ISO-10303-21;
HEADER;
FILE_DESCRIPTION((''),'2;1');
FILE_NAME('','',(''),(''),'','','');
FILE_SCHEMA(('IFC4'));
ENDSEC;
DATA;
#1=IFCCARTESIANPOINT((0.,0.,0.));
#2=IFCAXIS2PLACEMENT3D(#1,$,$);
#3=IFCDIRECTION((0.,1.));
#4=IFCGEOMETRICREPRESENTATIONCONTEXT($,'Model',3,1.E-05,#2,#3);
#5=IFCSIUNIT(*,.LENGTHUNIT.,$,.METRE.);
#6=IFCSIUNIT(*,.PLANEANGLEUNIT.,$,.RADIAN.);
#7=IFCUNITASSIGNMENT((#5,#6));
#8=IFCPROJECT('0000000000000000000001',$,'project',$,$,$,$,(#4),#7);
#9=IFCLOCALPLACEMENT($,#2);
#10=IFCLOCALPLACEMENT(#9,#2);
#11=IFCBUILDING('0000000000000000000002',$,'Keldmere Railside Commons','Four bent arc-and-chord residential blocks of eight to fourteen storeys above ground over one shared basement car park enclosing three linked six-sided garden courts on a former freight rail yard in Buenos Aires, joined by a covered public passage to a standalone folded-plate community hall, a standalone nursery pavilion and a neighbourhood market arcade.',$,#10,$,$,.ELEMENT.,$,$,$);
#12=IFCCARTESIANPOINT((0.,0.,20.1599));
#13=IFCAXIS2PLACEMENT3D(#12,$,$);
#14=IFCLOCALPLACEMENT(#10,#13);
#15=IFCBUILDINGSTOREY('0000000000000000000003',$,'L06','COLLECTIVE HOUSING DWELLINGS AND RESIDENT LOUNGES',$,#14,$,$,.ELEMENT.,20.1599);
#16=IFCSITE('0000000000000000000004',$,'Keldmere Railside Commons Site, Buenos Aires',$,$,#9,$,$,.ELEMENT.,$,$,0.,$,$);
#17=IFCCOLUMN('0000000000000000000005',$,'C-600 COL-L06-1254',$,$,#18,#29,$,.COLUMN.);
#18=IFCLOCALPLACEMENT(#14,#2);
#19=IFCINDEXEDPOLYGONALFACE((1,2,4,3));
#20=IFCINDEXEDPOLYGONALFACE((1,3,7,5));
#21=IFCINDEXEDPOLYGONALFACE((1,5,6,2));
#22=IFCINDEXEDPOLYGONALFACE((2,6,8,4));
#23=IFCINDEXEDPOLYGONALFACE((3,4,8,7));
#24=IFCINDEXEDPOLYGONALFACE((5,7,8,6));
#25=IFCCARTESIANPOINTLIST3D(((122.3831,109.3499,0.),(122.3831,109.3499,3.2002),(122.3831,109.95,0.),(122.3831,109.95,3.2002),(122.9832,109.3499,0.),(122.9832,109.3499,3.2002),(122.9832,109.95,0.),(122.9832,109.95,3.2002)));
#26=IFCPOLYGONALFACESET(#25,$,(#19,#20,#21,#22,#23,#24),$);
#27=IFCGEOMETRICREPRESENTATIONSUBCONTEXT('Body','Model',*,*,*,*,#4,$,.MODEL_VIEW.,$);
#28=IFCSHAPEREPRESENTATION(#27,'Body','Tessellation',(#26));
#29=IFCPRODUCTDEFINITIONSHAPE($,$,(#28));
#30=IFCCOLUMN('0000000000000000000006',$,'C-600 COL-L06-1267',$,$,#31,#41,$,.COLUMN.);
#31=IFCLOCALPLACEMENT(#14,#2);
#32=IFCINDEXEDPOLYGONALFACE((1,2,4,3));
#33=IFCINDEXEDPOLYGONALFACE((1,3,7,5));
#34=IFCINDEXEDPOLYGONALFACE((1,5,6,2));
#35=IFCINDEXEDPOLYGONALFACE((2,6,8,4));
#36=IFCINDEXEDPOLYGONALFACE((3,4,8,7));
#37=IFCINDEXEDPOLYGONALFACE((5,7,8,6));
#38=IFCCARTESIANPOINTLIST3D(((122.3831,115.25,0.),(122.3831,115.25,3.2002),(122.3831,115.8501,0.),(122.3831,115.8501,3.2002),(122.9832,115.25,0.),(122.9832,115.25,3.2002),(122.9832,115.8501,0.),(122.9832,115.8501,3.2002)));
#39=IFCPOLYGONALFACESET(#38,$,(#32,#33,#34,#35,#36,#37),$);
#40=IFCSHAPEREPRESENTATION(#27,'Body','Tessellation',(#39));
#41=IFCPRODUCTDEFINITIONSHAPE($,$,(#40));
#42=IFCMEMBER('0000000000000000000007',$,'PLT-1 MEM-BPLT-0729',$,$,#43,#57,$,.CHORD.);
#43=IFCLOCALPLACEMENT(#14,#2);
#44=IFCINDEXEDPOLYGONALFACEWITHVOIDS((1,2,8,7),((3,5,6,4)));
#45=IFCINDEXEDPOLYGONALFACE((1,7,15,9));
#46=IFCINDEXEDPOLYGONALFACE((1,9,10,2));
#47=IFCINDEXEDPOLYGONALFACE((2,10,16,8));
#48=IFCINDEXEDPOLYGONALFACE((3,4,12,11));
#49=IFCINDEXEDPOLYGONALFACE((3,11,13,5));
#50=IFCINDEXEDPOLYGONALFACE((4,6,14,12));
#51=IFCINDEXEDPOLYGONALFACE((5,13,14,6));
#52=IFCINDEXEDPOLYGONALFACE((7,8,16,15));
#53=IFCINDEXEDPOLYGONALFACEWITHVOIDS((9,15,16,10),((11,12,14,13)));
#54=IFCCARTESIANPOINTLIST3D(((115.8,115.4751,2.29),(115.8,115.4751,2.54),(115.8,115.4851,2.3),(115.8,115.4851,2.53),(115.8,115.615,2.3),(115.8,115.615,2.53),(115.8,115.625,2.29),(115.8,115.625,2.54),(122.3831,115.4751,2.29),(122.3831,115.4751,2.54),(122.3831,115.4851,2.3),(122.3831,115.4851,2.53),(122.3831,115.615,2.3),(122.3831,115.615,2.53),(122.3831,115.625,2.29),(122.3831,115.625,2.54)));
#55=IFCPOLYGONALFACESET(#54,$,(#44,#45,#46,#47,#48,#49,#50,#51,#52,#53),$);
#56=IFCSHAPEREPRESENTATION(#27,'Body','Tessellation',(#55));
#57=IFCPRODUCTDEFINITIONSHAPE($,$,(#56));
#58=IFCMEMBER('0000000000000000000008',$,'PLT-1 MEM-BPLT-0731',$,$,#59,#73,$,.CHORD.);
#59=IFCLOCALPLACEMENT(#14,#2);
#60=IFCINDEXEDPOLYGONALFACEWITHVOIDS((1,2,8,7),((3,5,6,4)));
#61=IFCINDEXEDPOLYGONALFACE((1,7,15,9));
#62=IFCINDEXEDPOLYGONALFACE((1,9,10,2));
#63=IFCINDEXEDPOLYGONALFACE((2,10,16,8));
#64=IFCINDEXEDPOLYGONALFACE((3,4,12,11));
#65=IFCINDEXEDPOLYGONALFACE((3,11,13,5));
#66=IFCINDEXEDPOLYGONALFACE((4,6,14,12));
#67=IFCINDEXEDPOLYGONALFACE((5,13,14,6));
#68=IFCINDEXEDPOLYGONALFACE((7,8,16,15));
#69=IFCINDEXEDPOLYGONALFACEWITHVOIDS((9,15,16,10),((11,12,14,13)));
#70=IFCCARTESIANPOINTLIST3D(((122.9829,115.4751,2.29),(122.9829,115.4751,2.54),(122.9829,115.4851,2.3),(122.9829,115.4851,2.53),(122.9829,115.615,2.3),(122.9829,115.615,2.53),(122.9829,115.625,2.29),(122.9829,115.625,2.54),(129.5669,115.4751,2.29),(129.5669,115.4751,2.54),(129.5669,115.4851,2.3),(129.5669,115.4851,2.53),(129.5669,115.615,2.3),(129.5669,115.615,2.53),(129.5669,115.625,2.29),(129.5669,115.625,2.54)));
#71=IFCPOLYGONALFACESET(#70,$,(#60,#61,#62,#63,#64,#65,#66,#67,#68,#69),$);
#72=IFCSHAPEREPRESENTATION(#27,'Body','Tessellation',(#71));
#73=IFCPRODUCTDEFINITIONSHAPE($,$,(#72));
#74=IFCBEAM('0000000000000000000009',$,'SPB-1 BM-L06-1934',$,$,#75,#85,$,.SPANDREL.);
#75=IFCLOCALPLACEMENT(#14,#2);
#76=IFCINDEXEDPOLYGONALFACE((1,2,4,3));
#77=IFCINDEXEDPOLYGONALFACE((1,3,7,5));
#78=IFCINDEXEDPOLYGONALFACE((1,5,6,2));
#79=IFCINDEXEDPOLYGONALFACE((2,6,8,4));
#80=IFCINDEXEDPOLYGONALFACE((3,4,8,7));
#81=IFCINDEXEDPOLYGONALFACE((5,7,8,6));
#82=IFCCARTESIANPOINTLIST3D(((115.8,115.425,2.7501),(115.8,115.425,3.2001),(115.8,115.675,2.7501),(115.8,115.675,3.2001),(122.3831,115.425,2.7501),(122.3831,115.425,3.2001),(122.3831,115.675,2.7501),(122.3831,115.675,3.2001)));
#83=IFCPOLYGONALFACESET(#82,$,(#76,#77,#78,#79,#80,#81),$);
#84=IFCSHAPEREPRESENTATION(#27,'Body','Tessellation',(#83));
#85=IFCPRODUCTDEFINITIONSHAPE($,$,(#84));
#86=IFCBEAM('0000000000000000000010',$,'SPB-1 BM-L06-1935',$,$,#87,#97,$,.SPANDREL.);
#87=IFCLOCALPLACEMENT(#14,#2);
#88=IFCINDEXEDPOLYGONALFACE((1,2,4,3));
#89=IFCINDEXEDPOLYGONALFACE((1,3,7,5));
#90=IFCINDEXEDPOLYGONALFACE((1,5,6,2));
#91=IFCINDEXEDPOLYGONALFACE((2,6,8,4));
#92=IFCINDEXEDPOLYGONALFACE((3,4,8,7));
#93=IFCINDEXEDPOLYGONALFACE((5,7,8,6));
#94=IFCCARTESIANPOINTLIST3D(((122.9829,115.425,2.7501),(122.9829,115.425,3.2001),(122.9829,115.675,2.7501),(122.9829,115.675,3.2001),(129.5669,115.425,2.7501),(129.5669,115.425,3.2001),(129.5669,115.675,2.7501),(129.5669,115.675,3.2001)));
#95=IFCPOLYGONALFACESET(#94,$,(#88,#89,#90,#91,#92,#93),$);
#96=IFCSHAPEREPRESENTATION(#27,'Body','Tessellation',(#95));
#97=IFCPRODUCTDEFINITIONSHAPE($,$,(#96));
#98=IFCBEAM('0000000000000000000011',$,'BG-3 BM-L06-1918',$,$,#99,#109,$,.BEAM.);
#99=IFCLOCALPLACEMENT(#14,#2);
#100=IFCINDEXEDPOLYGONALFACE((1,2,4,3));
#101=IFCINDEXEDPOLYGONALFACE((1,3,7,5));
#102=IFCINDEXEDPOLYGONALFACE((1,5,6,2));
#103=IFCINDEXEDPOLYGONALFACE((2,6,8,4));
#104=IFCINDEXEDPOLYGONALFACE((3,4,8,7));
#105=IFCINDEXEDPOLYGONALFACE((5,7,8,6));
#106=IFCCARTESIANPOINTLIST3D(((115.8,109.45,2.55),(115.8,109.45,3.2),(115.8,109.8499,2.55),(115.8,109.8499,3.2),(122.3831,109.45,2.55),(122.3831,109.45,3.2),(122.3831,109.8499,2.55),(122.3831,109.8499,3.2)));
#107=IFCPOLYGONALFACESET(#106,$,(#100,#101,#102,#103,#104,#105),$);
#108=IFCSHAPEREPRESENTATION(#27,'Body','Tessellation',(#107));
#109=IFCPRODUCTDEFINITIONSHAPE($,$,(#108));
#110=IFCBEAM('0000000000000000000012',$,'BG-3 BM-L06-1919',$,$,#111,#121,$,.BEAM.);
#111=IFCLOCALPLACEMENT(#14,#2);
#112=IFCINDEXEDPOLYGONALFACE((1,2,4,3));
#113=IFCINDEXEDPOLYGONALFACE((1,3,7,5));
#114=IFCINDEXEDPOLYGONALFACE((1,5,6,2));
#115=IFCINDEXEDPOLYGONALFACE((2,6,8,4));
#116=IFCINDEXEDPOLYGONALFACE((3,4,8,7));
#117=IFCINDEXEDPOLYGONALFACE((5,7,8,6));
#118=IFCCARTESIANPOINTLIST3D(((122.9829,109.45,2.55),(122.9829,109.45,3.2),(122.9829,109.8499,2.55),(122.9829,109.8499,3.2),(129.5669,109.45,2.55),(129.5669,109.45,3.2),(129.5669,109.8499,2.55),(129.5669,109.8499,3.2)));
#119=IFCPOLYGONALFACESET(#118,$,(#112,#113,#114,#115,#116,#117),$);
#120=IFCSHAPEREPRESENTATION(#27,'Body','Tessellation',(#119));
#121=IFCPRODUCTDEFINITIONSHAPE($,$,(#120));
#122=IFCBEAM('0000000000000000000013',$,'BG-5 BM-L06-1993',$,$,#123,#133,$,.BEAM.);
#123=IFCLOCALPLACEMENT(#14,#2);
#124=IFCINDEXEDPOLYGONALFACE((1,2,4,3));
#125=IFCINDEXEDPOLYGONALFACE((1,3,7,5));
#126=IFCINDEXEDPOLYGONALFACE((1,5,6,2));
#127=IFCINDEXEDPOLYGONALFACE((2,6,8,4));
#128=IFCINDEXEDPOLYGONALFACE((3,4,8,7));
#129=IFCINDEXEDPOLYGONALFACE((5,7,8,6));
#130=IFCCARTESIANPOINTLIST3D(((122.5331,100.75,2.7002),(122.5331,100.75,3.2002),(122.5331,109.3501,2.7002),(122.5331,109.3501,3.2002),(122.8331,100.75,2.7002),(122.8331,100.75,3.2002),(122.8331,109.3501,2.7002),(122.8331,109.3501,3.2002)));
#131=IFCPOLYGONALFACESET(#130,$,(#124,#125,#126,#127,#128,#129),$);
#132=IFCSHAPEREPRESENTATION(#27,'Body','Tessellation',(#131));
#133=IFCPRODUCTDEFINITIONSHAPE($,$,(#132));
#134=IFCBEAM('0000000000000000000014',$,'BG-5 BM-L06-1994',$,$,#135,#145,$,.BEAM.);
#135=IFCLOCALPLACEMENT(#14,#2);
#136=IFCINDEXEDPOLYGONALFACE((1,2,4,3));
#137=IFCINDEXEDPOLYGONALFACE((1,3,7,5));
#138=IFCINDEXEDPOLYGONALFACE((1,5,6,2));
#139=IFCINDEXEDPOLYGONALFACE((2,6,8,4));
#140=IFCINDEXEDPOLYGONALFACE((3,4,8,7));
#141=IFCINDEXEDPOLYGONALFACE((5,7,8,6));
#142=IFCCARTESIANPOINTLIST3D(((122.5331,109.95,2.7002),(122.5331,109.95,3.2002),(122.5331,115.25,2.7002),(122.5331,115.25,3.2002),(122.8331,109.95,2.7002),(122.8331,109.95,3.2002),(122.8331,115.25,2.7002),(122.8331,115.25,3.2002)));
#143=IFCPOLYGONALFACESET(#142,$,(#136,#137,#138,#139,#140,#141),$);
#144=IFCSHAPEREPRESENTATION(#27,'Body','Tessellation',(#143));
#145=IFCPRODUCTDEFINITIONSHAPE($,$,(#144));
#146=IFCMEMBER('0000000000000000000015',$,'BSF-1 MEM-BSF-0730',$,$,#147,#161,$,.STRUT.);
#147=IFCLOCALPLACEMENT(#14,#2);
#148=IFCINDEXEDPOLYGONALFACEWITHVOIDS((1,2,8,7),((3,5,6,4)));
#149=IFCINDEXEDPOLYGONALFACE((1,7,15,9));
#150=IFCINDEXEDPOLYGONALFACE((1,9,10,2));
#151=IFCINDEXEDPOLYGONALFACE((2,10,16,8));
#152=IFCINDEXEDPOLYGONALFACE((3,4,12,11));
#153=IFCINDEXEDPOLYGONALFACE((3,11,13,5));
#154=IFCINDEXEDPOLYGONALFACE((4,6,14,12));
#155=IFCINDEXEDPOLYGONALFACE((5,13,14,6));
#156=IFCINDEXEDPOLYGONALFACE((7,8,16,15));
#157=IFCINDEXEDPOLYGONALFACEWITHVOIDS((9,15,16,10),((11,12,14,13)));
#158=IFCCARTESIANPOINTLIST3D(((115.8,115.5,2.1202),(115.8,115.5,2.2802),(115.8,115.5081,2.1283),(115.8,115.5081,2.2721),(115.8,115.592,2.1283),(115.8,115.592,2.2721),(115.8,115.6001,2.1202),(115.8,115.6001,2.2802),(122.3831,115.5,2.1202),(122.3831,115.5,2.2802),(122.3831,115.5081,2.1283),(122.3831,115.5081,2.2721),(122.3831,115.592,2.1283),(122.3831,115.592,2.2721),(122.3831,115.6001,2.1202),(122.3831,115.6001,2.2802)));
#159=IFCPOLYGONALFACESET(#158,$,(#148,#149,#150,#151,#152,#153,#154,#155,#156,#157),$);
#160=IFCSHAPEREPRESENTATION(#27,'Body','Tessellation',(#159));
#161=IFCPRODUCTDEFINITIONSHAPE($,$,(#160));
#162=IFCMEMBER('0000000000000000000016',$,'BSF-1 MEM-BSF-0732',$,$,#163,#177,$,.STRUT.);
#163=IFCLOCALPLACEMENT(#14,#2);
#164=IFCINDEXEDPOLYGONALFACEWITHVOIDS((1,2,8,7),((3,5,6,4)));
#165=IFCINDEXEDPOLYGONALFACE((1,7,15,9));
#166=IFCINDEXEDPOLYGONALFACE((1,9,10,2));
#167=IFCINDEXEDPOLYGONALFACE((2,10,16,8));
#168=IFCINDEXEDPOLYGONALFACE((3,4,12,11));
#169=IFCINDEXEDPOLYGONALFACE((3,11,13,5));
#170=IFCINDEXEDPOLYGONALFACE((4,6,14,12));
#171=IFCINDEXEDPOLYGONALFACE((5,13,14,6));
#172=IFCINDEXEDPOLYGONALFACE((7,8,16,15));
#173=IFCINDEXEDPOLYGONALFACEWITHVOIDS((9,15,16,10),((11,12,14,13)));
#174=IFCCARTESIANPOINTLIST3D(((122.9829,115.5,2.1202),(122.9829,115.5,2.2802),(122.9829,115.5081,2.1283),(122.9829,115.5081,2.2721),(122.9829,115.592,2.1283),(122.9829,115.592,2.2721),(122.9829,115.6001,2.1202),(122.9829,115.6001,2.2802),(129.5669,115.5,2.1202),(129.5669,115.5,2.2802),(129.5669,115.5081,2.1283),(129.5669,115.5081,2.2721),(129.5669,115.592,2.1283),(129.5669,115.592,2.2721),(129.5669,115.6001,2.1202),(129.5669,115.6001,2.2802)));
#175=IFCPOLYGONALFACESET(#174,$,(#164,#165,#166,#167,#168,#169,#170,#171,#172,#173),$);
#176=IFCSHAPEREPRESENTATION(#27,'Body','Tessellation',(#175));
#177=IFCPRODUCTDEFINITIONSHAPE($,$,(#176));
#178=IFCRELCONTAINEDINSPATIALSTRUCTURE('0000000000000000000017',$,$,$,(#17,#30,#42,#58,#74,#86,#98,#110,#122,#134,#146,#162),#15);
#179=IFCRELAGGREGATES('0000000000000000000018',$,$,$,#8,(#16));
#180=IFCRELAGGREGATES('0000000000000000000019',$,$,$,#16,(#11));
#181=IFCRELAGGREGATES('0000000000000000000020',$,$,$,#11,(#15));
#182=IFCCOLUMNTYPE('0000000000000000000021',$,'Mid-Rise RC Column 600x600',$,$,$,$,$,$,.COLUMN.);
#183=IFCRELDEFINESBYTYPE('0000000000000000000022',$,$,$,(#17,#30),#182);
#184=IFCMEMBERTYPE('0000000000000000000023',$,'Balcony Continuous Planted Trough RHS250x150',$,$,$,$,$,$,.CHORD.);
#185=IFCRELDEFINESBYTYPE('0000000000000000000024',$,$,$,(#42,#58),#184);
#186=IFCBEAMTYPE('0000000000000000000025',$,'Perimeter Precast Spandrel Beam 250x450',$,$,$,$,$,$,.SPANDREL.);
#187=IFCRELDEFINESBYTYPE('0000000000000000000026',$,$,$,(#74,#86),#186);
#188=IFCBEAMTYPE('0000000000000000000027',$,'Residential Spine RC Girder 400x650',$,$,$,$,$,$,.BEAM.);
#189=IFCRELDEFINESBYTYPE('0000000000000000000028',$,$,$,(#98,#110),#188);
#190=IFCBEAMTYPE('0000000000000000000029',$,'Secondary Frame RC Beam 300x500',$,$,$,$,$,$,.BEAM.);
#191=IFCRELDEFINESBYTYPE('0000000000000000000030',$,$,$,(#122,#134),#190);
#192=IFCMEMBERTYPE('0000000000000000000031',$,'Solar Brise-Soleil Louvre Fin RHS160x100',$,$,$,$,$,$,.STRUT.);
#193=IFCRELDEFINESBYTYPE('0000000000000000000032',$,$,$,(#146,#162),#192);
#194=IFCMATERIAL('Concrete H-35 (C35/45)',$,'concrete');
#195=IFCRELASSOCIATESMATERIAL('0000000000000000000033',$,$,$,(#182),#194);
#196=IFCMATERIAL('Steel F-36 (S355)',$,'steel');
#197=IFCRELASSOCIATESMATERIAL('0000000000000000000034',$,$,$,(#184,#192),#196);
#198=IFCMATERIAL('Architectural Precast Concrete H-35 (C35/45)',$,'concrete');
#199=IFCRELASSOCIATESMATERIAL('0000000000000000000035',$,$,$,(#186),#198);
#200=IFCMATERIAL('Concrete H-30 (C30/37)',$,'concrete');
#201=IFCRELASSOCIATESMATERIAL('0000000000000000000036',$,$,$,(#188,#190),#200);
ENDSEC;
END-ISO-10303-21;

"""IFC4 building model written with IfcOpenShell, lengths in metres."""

from ifc_helpers import new_model, si_unit, direction, frame, origin, origin_2d, place, context, subcontext, project, spatial, rectangle, hollow_rectangle, extrude, material, material_profile, profile_set, type_object, element, save


model = new_model("IFC4")

# Units and contexts
model_context = context("Model", 3, precision=1e-05, world=origin(), true_north=direction((0.0, 1.0)))
body_context = subcontext(model_context, "Body", "Model", "MODEL_VIEW")
ifc_project = project(units=[si_unit("LENGTHUNIT", "METRE"), si_unit("PLANEANGLEUNIT", "RADIAN")], contexts=[model_context])

# Site, building, storey
site_placement = place(None, origin())
site = spatial("IfcSite", under=ifc_project, at=site_placement, Name="Keldmere Railside Commons Site, Buenos Aires", CompositionType="ELEMENT", RefElevation=0.0)
building_placement = place(site_placement, origin())
building = spatial("IfcBuilding", under=site, at=building_placement, Name="Keldmere Railside Commons", Description="Four bent arc-and-chord residential blocks of eight to fourteen storeys above ground over one shared basement car park enclosing three linked six-sided garden courts on a former freight rail yard in Buenos Aires, joined by a covered public passage to a standalone folded-plate community hall, a standalone nursery pavilion and a neighbourhood market arcade.", CompositionType="ELEMENT")
storey_placement = place(building_placement, frame((0.0, 0.0, 20.1599)))
storey = spatial("IfcBuildingStorey", under=building, at=storey_placement, Name="L06", Description="COLLECTIVE HOUSING DWELLINGS AND RESIDENT LOUNGES", CompositionType="ELEMENT", Elevation=20.1599)

# Columns
ifc_material_1 = material(Name="Concrete H-35 (C35/45)", Category="concrete")
ifc_material_profile_1 = material_profile(ifc_material_1, rectangle(XDim=0.6001, YDim=0.6001, at=origin_2d()), Name="RC-600x600")
ifc_profile_set_1 = profile_set([ifc_material_profile_1], Name="Concrete H-35 (C35/45)")
column_type = type_object("IfcColumnType", Name="Mid-Rise RC Column 600x600", PredefinedType="COLUMN", material=ifc_profile_set_1)
for number, where, z_axis, x_axis, name in (
    (1, (122.6831, 109.6499, 0.0), (0.0, 0.0, 1.0), (1.0, 0.0, 0.0), "C-600 COL-L06-1254"),
    (2, (122.6831, 115.55, 0.0), (0.0, 0.0, 1.0), (1.0, 0.0, 0.0), "C-600 COL-L06-1267"),
):
    element("IfcColumn", number, at=place(storey_placement, frame(where, z_axis=z_axis, x_axis=x_axis)), inside=storey, type_object=column_type, Name=name, PredefinedType="COLUMN", context=body_context, shape_type="SweptSolid", body=[
        extrude(rectangle(XDim=0.6001, YDim=0.6001, at=origin_2d()), origin(), (0.0, 0.0, 1.0), 3.2002),
    ])

# Members
ifc_material_2 = material(Name="Steel F-36 (S355)", Category="steel")
ifc_material_profile_2 = material_profile(ifc_material_2, hollow_rectangle(XDim=0.1499, YDim=0.25, WallThickness=0.01, at=origin_2d()), Name="RHS-250x150x10")
ifc_profile_set_2 = profile_set([ifc_material_profile_2], Name="Steel F-36 (S355)")
member_type_1 = type_object("IfcMemberType", Name="Balcony Continuous Planted Trough RHS250x150", PredefinedType="CHORD", material=ifc_profile_set_2)
member_1_placement = place(storey_placement, frame((115.8, 115.55, 2.415), z_axis=(1.0, 0.0, 0.0), x_axis=(0.0, 1.0, 0.0)))
element("IfcMember", 3, at=member_1_placement, inside=storey, type_object=member_type_1, Name="PLT-1 MEM-BPLT-0729", PredefinedType="CHORD", context=body_context, shape_type="SweptSolid", body=[
    extrude(hollow_rectangle(XDim=0.1499, YDim=0.25, WallThickness=0.01, at=origin_2d()), origin(), (0.0, 0.0, 1.0), 6.583),
])
member_2_placement = place(storey_placement, frame((122.9829, 115.55, 2.415), z_axis=(1.0, 0.0, 0.0), x_axis=(0.0, 1.0, 0.0)))
element("IfcMember", 4, at=member_2_placement, inside=storey, type_object=member_type_1, Name="PLT-1 MEM-BPLT-0731", PredefinedType="CHORD", context=body_context, shape_type="SweptSolid", body=[
    extrude(hollow_rectangle(XDim=0.1499, YDim=0.25, WallThickness=0.01, at=origin_2d()), origin(), (0.0, 0.0, 1.0), 6.584),
])

# Beams
ifc_material_3 = material(Name="Architectural Precast Concrete H-35 (C35/45)", Category="concrete")
ifc_material_profile_3 = material_profile(ifc_material_3, rectangle(XDim=0.25, YDim=0.45, at=origin_2d()), Name="RC-250x450")
ifc_profile_set_3 = profile_set([ifc_material_profile_3], Name="Architectural Precast Concrete H-35 (C35/45)")
beam_type_1 = type_object("IfcBeamType", Name="Perimeter Precast Spandrel Beam 250x450", PredefinedType="SPANDREL", material=ifc_profile_set_3)
beam_1_placement = place(storey_placement, frame((115.8, 115.55, 2.9751), z_axis=(1.0, 0.0, 0.0), x_axis=(0.0, 1.0, 0.0)))
element("IfcBeam", 5, at=beam_1_placement, inside=storey, type_object=beam_type_1, Name="SPB-1 BM-L06-1934", PredefinedType="SPANDREL", context=body_context, shape_type="SweptSolid", body=[
    extrude(rectangle(XDim=0.25, YDim=0.45, at=origin_2d()), origin(), (0.0, 0.0, 1.0), 6.583),
])
beam_2_placement = place(storey_placement, frame((122.9829, 115.55, 2.9751), z_axis=(1.0, 0.0, 0.0), x_axis=(0.0, 1.0, 0.0)))
element("IfcBeam", 6, at=beam_2_placement, inside=storey, type_object=beam_type_1, Name="SPB-1 BM-L06-1935", PredefinedType="SPANDREL", context=body_context, shape_type="SweptSolid", body=[
    extrude(rectangle(XDim=0.25, YDim=0.45, at=origin_2d()), origin(), (0.0, 0.0, 1.0), 6.584),
])
ifc_material_4 = material(Name="Concrete H-30 (C30/37)", Category="concrete")
ifc_material_profile_4 = material_profile(ifc_material_4, rectangle(XDim=0.3999, YDim=0.6499, at=origin_2d()), Name="RC-400x650")
ifc_profile_set_4 = profile_set([ifc_material_profile_4], Name="Concrete H-30 (C30/37)")
beam_type_2 = type_object("IfcBeamType", Name="Residential Spine RC Girder 400x650", PredefinedType="BEAM", material=ifc_profile_set_4)
beam_3_placement = place(storey_placement, frame((115.8, 109.6499, 2.875), z_axis=(1.0, 0.0, 0.0), x_axis=(0.0, 1.0, 0.0)))
element("IfcBeam", 7, at=beam_3_placement, inside=storey, type_object=beam_type_2, Name="BG-3 BM-L06-1918", PredefinedType="BEAM", context=body_context, shape_type="SweptSolid", body=[
    extrude(rectangle(XDim=0.3999, YDim=0.6499, at=origin_2d()), origin(), (0.0, 0.0, 1.0), 6.583),
])
beam_4_placement = place(storey_placement, frame((122.9829, 109.6499, 2.875), z_axis=(1.0, 0.0, 0.0), x_axis=(0.0, 1.0, 0.0)))
element("IfcBeam", 8, at=beam_4_placement, inside=storey, type_object=beam_type_2, Name="BG-3 BM-L06-1919", PredefinedType="BEAM", context=body_context, shape_type="SweptSolid", body=[
    extrude(rectangle(XDim=0.3999, YDim=0.6499, at=origin_2d()), origin(), (0.0, 0.0, 1.0), 6.584),
])
ifc_material_profile_5 = material_profile(ifc_material_4, rectangle(XDim=0.3, YDim=0.5, at=origin_2d()), Name="RC-300x500")
ifc_profile_set_5 = profile_set([ifc_material_profile_5], Name="Concrete H-30 (C30/37)")
beam_type_3 = type_object("IfcBeamType", Name="Secondary Frame RC Beam 300x500", PredefinedType="BEAM", material=ifc_profile_set_5)
beam_5_placement = place(storey_placement, frame((122.6831, 100.75, 2.9502), z_axis=(0.0, 1.0, 0.0), x_axis=(-1.0, 0.0, 0.0)))
element("IfcBeam", 9, at=beam_5_placement, inside=storey, type_object=beam_type_3, Name="BG-5 BM-L06-1993", PredefinedType="BEAM", context=body_context, shape_type="SweptSolid", body=[
    extrude(rectangle(XDim=0.3, YDim=0.5, at=origin_2d()), origin(), (0.0, 0.0, 1.0), 8.6001),
])
beam_6_placement = place(storey_placement, frame((122.6831, 109.95, 2.9502), z_axis=(0.0, 1.0, 0.0), x_axis=(-1.0, 0.0, 0.0)))
element("IfcBeam", 10, at=beam_6_placement, inside=storey, type_object=beam_type_3, Name="BG-5 BM-L06-1994", PredefinedType="BEAM", context=body_context, shape_type="SweptSolid", body=[
    extrude(rectangle(XDim=0.3, YDim=0.5, at=origin_2d()), origin(), (0.0, 0.0, 1.0), 5.3),
])

# Members
ifc_material_profile_6 = material_profile(ifc_material_2, hollow_rectangle(XDim=0.1001, YDim=0.1599, WallThickness=0.0081, at=origin_2d()), Name="RHS-160x100x8")
ifc_profile_set_6 = profile_set([ifc_material_profile_6], Name="Steel F-36 (S355)")
member_type_2 = type_object("IfcMemberType", Name="Solar Brise-Soleil Louvre Fin RHS160x100", PredefinedType="STRUT", material=ifc_profile_set_6)
member_3_placement = place(storey_placement, frame((115.8, 115.55, 2.2002), z_axis=(1.0, 0.0, 0.0), x_axis=(0.0, 1.0, 0.0)))
element("IfcMember", 11, at=member_3_placement, inside=storey, type_object=member_type_2, Name="BSF-1 MEM-BSF-0730", PredefinedType="STRUT", context=body_context, shape_type="SweptSolid", body=[
    extrude(hollow_rectangle(XDim=0.1001, YDim=0.1599, WallThickness=0.0081, at=origin_2d()), origin(), (0.0, 0.0, 1.0), 6.583),
])
member_4_placement = place(storey_placement, frame((122.9829, 115.55, 2.2002), z_axis=(1.0, 0.0, 0.0), x_axis=(0.0, 1.0, 0.0)))
element("IfcMember", 12, at=member_4_placement, inside=storey, type_object=member_type_2, Name="BSF-1 MEM-BSF-0732", PredefinedType="STRUT", context=body_context, shape_type="SweptSolid", body=[
    extrude(hollow_rectangle(XDim=0.1001, YDim=0.1599, WallThickness=0.0081, at=origin_2d()), origin(), (0.0, 0.0, 1.0), 6.584),
])

save(model, "model.ifc")
